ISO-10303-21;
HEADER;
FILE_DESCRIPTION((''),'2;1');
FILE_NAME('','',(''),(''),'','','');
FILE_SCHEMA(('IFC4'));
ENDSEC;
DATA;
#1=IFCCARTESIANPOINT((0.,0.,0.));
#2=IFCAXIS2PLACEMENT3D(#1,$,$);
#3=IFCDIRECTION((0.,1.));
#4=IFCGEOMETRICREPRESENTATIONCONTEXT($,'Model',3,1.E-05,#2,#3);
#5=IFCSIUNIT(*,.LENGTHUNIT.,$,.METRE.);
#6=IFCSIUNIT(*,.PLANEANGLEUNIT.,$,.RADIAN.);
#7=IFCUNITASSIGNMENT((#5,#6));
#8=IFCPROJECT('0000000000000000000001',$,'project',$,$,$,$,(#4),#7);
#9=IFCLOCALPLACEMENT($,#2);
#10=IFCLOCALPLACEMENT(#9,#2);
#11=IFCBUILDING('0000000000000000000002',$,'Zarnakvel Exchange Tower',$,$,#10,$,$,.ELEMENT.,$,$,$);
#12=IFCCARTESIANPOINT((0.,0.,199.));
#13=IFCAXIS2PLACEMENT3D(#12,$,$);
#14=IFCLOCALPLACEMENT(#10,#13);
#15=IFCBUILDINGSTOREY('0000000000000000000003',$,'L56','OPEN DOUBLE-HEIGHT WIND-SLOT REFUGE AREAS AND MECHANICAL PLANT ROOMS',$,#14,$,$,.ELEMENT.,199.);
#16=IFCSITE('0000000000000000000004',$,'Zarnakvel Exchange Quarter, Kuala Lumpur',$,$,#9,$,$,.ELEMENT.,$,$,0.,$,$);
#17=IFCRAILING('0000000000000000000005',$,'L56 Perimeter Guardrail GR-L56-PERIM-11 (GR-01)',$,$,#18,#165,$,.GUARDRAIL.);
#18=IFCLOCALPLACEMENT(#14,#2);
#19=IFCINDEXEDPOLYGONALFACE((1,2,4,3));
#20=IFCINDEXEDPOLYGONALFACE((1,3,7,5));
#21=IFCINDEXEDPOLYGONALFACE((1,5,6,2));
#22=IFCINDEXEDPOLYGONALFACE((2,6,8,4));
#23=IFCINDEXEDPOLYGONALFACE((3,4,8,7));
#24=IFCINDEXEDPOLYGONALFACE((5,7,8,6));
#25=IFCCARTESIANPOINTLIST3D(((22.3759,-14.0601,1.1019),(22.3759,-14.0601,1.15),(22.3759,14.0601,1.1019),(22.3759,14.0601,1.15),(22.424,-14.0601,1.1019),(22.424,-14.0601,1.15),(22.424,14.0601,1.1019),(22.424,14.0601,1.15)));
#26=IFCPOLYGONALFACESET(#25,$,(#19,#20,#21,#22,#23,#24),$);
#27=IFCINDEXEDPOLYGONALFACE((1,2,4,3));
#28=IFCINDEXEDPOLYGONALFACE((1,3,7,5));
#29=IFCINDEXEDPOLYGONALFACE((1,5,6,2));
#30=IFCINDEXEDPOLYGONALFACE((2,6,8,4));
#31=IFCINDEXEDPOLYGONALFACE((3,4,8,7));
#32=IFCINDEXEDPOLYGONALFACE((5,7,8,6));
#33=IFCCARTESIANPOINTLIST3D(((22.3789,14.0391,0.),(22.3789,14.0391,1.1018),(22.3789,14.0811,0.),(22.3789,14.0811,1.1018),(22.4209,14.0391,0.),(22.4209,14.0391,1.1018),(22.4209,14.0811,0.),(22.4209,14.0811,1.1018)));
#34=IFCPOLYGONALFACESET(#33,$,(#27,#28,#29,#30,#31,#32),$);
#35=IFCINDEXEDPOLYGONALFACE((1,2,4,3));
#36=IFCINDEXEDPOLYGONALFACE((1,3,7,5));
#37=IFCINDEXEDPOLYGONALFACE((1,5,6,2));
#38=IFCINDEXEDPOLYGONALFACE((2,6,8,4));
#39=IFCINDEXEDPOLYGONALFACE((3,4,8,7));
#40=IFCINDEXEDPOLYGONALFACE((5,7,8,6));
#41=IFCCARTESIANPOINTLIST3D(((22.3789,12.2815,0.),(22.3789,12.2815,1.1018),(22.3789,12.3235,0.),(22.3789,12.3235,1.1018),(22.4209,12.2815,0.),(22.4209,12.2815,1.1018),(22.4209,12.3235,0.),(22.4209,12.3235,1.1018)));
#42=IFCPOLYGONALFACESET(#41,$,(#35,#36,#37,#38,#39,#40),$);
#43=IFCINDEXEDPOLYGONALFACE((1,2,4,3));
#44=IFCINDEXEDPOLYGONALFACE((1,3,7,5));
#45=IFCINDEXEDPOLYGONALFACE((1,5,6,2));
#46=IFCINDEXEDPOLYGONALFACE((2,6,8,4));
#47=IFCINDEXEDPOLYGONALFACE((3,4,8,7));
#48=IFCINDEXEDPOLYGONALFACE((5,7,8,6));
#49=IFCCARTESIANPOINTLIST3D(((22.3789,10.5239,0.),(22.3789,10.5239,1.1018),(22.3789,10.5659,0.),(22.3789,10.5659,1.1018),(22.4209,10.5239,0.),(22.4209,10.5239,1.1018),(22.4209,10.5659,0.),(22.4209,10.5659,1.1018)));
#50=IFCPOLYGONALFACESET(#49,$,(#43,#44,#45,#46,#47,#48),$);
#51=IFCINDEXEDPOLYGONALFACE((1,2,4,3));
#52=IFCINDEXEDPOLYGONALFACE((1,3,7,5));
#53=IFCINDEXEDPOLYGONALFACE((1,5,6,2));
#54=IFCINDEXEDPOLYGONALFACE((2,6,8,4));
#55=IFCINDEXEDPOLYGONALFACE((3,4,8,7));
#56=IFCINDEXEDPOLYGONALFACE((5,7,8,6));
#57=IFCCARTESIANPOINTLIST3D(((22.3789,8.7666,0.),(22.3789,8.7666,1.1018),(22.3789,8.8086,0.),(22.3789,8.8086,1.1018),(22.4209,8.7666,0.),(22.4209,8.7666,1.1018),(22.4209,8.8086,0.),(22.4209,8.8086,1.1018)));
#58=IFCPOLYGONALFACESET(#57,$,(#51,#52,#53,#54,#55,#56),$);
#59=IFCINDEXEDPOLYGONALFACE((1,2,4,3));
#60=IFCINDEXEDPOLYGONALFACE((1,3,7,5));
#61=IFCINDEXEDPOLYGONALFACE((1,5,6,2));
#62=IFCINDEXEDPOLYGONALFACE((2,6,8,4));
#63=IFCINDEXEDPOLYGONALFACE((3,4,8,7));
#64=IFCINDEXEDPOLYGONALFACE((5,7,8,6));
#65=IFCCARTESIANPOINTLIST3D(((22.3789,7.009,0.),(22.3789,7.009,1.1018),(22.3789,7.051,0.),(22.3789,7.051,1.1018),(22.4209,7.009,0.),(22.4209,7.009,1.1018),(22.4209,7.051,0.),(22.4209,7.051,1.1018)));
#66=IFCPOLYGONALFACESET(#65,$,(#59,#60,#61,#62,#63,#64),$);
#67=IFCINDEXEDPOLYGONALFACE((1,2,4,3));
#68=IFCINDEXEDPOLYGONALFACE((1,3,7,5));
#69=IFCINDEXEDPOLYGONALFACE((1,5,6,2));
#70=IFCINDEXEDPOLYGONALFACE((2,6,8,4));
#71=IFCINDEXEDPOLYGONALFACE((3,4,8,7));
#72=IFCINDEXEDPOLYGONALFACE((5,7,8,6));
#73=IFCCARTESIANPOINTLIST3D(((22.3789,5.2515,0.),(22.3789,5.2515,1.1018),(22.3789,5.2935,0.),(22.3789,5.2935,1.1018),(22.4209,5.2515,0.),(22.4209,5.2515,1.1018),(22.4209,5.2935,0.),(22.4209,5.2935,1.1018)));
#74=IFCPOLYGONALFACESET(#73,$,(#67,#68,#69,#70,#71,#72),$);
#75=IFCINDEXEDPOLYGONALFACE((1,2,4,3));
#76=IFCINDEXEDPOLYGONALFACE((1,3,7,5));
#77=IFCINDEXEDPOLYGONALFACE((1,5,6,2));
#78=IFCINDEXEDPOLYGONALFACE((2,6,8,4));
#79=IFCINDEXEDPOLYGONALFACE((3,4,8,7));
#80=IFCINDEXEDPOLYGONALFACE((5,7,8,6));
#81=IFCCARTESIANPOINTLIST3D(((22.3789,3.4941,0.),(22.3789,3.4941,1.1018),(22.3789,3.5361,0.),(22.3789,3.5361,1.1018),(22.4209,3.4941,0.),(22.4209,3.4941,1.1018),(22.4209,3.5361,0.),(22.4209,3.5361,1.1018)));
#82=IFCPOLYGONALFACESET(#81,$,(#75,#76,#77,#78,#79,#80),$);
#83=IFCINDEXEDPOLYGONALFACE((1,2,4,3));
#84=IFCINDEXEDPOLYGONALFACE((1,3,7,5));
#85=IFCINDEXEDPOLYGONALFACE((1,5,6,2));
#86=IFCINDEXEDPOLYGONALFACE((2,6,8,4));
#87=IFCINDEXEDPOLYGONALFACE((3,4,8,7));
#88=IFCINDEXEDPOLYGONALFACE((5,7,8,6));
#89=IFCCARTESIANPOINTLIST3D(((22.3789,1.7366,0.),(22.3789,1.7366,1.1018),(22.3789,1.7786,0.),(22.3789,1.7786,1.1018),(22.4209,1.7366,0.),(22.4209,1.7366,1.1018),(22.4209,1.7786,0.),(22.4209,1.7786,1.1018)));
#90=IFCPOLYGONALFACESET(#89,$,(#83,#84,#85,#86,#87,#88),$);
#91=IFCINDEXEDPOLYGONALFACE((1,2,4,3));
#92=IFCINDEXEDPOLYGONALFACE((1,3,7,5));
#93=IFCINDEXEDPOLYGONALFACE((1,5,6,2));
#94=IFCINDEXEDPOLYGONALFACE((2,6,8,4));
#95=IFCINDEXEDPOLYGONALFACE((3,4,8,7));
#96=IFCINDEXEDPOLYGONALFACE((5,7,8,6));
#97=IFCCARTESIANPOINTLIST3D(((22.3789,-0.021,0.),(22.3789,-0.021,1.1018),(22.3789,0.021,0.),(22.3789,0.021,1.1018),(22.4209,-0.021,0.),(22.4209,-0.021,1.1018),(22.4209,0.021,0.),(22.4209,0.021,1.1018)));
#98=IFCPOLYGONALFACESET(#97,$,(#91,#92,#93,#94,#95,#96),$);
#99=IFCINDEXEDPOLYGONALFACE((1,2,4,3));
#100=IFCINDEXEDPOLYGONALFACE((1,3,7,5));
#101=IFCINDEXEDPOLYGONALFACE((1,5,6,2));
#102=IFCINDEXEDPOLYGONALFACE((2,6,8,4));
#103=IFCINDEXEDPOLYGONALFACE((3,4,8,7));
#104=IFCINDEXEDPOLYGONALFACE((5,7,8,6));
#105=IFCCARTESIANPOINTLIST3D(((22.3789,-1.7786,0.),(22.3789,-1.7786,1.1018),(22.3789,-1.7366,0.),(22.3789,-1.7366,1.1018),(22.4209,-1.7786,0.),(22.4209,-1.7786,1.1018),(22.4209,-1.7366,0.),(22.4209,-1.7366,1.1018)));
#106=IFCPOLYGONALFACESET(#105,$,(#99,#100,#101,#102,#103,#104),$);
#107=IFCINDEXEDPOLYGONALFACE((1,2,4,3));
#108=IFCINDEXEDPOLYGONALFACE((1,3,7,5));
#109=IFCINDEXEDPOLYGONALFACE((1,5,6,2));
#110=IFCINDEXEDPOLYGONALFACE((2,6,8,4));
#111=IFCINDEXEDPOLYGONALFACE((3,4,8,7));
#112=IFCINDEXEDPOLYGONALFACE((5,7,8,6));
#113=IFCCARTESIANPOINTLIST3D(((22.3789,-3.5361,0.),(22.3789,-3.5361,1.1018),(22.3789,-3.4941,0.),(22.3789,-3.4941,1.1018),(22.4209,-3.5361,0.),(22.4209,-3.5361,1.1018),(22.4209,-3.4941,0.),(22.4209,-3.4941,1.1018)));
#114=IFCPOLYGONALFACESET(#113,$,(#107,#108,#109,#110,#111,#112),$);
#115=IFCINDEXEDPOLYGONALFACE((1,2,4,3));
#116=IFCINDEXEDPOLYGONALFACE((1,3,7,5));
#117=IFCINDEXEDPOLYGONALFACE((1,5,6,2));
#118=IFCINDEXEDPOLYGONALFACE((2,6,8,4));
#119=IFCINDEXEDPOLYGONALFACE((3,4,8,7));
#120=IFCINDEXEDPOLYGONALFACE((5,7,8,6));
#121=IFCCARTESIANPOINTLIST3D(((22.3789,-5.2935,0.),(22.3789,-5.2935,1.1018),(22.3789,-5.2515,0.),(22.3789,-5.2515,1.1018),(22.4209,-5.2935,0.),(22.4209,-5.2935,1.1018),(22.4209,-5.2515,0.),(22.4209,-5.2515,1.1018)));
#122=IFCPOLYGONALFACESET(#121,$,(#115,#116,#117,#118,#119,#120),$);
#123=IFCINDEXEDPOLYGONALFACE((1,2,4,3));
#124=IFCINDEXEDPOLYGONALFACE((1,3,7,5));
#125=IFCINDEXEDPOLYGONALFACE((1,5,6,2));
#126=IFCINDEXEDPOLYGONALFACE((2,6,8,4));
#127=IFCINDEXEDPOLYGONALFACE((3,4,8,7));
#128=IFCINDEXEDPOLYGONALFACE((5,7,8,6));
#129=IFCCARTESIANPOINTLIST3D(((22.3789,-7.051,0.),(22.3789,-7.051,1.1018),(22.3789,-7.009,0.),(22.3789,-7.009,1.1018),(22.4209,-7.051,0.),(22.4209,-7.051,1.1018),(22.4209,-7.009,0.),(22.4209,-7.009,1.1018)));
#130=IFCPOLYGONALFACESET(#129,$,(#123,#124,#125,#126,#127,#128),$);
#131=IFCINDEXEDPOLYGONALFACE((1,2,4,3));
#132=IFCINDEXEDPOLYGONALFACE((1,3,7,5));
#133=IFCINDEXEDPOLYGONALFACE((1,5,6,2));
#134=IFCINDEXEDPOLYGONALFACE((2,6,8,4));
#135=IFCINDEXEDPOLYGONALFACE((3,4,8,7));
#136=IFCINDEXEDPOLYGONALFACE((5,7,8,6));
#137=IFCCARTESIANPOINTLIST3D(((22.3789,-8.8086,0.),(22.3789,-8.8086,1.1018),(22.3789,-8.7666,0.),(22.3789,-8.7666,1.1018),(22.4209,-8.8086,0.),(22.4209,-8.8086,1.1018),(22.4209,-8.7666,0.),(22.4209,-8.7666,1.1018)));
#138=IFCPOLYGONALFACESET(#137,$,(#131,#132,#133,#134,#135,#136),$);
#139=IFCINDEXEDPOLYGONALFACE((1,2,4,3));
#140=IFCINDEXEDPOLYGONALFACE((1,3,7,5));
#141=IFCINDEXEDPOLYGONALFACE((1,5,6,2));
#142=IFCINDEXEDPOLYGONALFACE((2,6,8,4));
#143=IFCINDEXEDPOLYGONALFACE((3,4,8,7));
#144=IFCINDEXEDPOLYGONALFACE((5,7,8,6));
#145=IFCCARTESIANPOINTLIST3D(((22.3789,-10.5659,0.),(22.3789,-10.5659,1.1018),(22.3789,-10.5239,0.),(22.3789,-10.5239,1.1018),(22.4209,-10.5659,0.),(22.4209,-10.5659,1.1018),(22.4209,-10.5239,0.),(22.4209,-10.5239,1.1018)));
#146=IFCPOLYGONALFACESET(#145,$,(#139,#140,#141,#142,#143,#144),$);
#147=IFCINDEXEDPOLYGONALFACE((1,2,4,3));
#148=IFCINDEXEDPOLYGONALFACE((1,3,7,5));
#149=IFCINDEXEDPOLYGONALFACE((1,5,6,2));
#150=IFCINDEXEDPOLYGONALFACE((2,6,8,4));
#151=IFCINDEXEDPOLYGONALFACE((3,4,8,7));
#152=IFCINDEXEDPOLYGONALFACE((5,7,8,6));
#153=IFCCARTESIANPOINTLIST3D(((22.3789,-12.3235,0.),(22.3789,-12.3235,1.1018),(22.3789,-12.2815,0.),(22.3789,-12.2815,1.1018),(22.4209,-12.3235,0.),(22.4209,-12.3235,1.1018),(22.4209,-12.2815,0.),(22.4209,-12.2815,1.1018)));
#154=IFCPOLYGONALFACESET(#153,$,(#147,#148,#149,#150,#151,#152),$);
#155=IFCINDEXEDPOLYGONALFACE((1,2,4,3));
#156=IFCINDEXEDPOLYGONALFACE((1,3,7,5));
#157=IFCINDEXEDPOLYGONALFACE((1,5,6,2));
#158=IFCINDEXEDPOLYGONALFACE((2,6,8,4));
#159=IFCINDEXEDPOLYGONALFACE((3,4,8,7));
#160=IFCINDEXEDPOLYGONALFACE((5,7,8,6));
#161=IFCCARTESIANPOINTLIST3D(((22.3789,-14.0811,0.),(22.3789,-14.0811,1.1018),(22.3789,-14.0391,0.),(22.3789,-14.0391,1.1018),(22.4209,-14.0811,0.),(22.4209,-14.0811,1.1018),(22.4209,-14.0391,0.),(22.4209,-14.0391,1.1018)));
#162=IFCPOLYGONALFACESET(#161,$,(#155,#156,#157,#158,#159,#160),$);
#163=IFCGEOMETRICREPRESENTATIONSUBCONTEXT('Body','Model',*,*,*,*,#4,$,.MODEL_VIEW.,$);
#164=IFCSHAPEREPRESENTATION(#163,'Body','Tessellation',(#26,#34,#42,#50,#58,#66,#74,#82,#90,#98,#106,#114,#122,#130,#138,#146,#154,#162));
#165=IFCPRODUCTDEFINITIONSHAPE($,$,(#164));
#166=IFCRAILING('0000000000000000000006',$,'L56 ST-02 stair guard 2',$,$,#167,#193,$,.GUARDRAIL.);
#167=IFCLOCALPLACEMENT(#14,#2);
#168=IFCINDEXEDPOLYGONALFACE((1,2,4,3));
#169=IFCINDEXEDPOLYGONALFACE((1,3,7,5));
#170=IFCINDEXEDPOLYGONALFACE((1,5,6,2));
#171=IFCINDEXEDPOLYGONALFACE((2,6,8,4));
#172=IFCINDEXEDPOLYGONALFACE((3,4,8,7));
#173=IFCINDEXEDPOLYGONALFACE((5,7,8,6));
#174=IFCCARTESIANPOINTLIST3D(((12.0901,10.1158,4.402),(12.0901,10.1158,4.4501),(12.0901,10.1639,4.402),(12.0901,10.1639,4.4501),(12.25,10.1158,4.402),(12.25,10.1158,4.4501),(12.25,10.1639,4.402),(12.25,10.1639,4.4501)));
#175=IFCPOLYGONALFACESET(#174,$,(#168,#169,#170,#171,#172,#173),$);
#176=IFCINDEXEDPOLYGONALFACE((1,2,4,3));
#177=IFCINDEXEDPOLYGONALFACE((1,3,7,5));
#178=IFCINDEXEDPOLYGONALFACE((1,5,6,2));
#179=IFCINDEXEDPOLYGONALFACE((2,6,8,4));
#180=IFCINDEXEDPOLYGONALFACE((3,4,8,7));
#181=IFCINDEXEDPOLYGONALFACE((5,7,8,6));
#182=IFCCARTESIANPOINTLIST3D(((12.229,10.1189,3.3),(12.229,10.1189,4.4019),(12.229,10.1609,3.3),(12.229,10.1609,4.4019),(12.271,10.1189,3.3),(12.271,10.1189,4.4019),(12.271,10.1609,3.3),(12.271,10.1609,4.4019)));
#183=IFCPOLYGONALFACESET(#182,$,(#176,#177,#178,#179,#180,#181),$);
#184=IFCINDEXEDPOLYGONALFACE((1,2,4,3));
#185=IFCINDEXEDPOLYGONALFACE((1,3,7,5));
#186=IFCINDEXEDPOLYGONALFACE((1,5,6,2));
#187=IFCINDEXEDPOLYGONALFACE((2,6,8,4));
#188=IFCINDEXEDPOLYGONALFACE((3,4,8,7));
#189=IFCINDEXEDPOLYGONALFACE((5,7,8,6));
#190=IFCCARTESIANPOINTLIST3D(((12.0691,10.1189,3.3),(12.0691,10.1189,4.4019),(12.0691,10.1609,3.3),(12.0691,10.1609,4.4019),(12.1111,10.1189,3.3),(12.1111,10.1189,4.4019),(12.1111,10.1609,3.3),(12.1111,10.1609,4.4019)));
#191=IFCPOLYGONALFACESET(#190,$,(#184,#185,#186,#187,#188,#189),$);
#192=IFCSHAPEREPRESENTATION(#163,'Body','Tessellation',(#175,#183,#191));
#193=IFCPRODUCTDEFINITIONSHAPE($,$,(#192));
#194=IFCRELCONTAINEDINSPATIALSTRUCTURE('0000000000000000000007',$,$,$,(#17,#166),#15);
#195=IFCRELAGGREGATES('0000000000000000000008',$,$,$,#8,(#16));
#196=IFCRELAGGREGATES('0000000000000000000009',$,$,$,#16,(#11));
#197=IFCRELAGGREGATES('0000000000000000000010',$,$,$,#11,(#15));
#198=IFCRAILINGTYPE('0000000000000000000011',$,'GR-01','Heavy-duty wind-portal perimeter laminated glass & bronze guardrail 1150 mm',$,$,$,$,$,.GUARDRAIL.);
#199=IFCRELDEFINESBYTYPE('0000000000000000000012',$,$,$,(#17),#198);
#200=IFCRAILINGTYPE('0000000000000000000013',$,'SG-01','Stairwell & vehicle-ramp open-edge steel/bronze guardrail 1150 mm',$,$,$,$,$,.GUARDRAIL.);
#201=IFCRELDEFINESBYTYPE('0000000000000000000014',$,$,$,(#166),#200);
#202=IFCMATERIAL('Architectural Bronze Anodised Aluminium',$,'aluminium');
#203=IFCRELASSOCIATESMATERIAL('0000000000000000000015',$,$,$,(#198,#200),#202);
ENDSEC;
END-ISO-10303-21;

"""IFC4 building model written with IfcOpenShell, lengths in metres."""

from ifc_helpers import new_model, si_unit, direction, frame, origin, origin_2d, place, context, subcontext, project, spatial, rectangle, extrude, material, type_object, element, save


model = new_model("IFC4")

# Units and contexts
model_context = context("Model", 3, precision=1e-05, world=origin(), true_north=direction((0.0, 1.0)))
body_context = subcontext(model_context, "Body", "Model", "MODEL_VIEW")
ifc_project = project(units=[si_unit("LENGTHUNIT", "METRE"), si_unit("PLANEANGLEUNIT", "RADIAN")], contexts=[model_context])

# Site, building, storey
site_placement = place(None, origin())
site = spatial("IfcSite", under=ifc_project, at=site_placement, Name="Zarnakvel Exchange Quarter, Kuala Lumpur", CompositionType="ELEMENT", RefElevation=0.0)
building_placement = place(site_placement, origin())
building = spatial("IfcBuilding", under=site, at=building_placement, Name="Zarnakvel Exchange Tower", CompositionType="ELEMENT")
storey_placement = place(building_placement, frame((0.0, 0.0, 199.0)))
storey = spatial("IfcBuildingStorey", under=building, at=storey_placement, Name="L56", Description="OPEN DOUBLE-HEIGHT WIND-SLOT REFUGE AREAS AND MECHANICAL PLANT ROOMS", CompositionType="ELEMENT", Elevation=199.0)

# Railings
ifc_material_1 = material(Name="Architectural Bronze Anodised Aluminium", Category="aluminium")
railing_type_1 = type_object("IfcRailingType", Name="GR-01", Description="Heavy-duty wind-portal perimeter laminated glass & bronze guardrail 1150 mm", PredefinedType="GUARDRAIL", material=ifc_material_1)
railing_1_placement = place(storey_placement, frame((22.3999, 14.0601, 0.0)))
element("IfcRailing", 1, at=railing_1_placement, inside=storey, type_object=railing_type_1, Name="L56 Perimeter Guardrail GR-L56-PERIM-11 (GR-01)", PredefinedType="GUARDRAIL", context=body_context, shape_type="SweptSolid", body=[
    extrude(rectangle(XDim=0.0481, YDim=0.0481, at=origin_2d()), frame((0.0, 0.0, 1.126), z_axis=(0.0, -1.0, 0.0), x_axis=(1.0, 0.0, 0.0)), (0.0, 0.0, 1.0), 28.1201),
    extrude(rectangle(XDim=0.042, YDim=0.042, at=origin_2d()), origin(), (0.0, 0.0, 1.0), 1.1018),
    extrude(rectangle(XDim=0.042, YDim=0.042, at=origin_2d()), frame((0.0, -1.7576, 0.0)), (0.0, 0.0, 1.0), 1.1018),
    extrude(rectangle(XDim=0.042, YDim=0.042, at=origin_2d()), frame((0.0, -3.5151, 0.0)), (0.0, 0.0, 1.0), 1.1018),
    extrude(rectangle(XDim=0.042, YDim=0.042, at=origin_2d()), frame((0.0, -5.2725, 0.0)), (0.0, 0.0, 1.0), 1.1018),
    extrude(rectangle(XDim=0.042, YDim=0.042, at=origin_2d()), frame((0.0, -7.03, 0.0)), (0.0, 0.0, 1.0), 1.1018),
    extrude(rectangle(XDim=0.042, YDim=0.042, at=origin_2d()), frame((0.0, -8.7876, 0.0)), (0.0, 0.0, 1.0), 1.1018),
    extrude(rectangle(XDim=0.042, YDim=0.042, at=origin_2d()), frame((0.0, -10.5449, 0.0)), (0.0, 0.0, 1.0), 1.1018),
    extrude(rectangle(XDim=0.042, YDim=0.042, at=origin_2d()), frame((0.0, -12.3025, 0.0)), (0.0, 0.0, 1.0), 1.1018),
    extrude(rectangle(XDim=0.042, YDim=0.042, at=origin_2d()), frame((0.0, -14.0601, 0.0)), (0.0, 0.0, 1.0), 1.1018),
    extrude(rectangle(XDim=0.042, YDim=0.042, at=origin_2d()), frame((0.0, -15.8176, 0.0)), (0.0, 0.0, 1.0), 1.1018),
    extrude(rectangle(XDim=0.042, YDim=0.042, at=origin_2d()), frame((0.0, -17.5752, 0.0)), (0.0, 0.0, 1.0), 1.1018),
    extrude(rectangle(XDim=0.042, YDim=0.042, at=origin_2d()), frame((0.0, -19.3325, 0.0)), (0.0, 0.0, 1.0), 1.1018),
    extrude(rectangle(XDim=0.042, YDim=0.042, at=origin_2d()), frame((0.0, -21.0901, 0.0)), (0.0, 0.0, 1.0), 1.1018),
    extrude(rectangle(XDim=0.042, YDim=0.042, at=origin_2d()), frame((0.0, -22.8477, 0.0)), (0.0, 0.0, 1.0), 1.1018),
    extrude(rectangle(XDim=0.042, YDim=0.042, at=origin_2d()), frame((0.0, -24.605, 0.0)), (0.0, 0.0, 1.0), 1.1018),
    extrude(rectangle(XDim=0.042, YDim=0.042, at=origin_2d()), frame((0.0, -26.3625, 0.0)), (0.0, 0.0, 1.0), 1.1018),
    extrude(rectangle(XDim=0.042, YDim=0.042, at=origin_2d()), frame((0.0, -28.1201, 0.0)), (0.0, 0.0, 1.0), 1.1018),
])
railing_type_2 = type_object("IfcRailingType", Name="SG-01", Description="Stairwell & vehicle-ramp open-edge steel/bronze guardrail 1150 mm", PredefinedType="GUARDRAIL", material=ifc_material_1)
railing_2_placement = place(storey_placement, frame((12.25, 10.1399, 3.3)))
element("IfcRailing", 2, at=railing_2_placement, inside=storey, type_object=railing_type_2, Name="L56 ST-02 stair guard 2", PredefinedType="GUARDRAIL", context=body_context, shape_type="SweptSolid", body=[
    extrude(rectangle(XDim=0.0481, YDim=0.0481, at=origin_2d()), frame((0.0, 0.0, 1.126), z_axis=(-1.0, 0.0, 0.0), x_axis=(0.0, -1.0, 0.0)), (0.0, 0.0, 1.0), 0.1599),
    extrude(rectangle(XDim=0.042, YDim=0.042, at=origin_2d()), origin(), (0.0, 0.0, 1.0), 1.1018),
    extrude(rectangle(XDim=0.042, YDim=0.042, at=origin_2d()), frame((-0.1599, 0.0, 0.0)), (0.0, 0.0, 1.0), 1.1018),
])

save(model, "model.ifc")
